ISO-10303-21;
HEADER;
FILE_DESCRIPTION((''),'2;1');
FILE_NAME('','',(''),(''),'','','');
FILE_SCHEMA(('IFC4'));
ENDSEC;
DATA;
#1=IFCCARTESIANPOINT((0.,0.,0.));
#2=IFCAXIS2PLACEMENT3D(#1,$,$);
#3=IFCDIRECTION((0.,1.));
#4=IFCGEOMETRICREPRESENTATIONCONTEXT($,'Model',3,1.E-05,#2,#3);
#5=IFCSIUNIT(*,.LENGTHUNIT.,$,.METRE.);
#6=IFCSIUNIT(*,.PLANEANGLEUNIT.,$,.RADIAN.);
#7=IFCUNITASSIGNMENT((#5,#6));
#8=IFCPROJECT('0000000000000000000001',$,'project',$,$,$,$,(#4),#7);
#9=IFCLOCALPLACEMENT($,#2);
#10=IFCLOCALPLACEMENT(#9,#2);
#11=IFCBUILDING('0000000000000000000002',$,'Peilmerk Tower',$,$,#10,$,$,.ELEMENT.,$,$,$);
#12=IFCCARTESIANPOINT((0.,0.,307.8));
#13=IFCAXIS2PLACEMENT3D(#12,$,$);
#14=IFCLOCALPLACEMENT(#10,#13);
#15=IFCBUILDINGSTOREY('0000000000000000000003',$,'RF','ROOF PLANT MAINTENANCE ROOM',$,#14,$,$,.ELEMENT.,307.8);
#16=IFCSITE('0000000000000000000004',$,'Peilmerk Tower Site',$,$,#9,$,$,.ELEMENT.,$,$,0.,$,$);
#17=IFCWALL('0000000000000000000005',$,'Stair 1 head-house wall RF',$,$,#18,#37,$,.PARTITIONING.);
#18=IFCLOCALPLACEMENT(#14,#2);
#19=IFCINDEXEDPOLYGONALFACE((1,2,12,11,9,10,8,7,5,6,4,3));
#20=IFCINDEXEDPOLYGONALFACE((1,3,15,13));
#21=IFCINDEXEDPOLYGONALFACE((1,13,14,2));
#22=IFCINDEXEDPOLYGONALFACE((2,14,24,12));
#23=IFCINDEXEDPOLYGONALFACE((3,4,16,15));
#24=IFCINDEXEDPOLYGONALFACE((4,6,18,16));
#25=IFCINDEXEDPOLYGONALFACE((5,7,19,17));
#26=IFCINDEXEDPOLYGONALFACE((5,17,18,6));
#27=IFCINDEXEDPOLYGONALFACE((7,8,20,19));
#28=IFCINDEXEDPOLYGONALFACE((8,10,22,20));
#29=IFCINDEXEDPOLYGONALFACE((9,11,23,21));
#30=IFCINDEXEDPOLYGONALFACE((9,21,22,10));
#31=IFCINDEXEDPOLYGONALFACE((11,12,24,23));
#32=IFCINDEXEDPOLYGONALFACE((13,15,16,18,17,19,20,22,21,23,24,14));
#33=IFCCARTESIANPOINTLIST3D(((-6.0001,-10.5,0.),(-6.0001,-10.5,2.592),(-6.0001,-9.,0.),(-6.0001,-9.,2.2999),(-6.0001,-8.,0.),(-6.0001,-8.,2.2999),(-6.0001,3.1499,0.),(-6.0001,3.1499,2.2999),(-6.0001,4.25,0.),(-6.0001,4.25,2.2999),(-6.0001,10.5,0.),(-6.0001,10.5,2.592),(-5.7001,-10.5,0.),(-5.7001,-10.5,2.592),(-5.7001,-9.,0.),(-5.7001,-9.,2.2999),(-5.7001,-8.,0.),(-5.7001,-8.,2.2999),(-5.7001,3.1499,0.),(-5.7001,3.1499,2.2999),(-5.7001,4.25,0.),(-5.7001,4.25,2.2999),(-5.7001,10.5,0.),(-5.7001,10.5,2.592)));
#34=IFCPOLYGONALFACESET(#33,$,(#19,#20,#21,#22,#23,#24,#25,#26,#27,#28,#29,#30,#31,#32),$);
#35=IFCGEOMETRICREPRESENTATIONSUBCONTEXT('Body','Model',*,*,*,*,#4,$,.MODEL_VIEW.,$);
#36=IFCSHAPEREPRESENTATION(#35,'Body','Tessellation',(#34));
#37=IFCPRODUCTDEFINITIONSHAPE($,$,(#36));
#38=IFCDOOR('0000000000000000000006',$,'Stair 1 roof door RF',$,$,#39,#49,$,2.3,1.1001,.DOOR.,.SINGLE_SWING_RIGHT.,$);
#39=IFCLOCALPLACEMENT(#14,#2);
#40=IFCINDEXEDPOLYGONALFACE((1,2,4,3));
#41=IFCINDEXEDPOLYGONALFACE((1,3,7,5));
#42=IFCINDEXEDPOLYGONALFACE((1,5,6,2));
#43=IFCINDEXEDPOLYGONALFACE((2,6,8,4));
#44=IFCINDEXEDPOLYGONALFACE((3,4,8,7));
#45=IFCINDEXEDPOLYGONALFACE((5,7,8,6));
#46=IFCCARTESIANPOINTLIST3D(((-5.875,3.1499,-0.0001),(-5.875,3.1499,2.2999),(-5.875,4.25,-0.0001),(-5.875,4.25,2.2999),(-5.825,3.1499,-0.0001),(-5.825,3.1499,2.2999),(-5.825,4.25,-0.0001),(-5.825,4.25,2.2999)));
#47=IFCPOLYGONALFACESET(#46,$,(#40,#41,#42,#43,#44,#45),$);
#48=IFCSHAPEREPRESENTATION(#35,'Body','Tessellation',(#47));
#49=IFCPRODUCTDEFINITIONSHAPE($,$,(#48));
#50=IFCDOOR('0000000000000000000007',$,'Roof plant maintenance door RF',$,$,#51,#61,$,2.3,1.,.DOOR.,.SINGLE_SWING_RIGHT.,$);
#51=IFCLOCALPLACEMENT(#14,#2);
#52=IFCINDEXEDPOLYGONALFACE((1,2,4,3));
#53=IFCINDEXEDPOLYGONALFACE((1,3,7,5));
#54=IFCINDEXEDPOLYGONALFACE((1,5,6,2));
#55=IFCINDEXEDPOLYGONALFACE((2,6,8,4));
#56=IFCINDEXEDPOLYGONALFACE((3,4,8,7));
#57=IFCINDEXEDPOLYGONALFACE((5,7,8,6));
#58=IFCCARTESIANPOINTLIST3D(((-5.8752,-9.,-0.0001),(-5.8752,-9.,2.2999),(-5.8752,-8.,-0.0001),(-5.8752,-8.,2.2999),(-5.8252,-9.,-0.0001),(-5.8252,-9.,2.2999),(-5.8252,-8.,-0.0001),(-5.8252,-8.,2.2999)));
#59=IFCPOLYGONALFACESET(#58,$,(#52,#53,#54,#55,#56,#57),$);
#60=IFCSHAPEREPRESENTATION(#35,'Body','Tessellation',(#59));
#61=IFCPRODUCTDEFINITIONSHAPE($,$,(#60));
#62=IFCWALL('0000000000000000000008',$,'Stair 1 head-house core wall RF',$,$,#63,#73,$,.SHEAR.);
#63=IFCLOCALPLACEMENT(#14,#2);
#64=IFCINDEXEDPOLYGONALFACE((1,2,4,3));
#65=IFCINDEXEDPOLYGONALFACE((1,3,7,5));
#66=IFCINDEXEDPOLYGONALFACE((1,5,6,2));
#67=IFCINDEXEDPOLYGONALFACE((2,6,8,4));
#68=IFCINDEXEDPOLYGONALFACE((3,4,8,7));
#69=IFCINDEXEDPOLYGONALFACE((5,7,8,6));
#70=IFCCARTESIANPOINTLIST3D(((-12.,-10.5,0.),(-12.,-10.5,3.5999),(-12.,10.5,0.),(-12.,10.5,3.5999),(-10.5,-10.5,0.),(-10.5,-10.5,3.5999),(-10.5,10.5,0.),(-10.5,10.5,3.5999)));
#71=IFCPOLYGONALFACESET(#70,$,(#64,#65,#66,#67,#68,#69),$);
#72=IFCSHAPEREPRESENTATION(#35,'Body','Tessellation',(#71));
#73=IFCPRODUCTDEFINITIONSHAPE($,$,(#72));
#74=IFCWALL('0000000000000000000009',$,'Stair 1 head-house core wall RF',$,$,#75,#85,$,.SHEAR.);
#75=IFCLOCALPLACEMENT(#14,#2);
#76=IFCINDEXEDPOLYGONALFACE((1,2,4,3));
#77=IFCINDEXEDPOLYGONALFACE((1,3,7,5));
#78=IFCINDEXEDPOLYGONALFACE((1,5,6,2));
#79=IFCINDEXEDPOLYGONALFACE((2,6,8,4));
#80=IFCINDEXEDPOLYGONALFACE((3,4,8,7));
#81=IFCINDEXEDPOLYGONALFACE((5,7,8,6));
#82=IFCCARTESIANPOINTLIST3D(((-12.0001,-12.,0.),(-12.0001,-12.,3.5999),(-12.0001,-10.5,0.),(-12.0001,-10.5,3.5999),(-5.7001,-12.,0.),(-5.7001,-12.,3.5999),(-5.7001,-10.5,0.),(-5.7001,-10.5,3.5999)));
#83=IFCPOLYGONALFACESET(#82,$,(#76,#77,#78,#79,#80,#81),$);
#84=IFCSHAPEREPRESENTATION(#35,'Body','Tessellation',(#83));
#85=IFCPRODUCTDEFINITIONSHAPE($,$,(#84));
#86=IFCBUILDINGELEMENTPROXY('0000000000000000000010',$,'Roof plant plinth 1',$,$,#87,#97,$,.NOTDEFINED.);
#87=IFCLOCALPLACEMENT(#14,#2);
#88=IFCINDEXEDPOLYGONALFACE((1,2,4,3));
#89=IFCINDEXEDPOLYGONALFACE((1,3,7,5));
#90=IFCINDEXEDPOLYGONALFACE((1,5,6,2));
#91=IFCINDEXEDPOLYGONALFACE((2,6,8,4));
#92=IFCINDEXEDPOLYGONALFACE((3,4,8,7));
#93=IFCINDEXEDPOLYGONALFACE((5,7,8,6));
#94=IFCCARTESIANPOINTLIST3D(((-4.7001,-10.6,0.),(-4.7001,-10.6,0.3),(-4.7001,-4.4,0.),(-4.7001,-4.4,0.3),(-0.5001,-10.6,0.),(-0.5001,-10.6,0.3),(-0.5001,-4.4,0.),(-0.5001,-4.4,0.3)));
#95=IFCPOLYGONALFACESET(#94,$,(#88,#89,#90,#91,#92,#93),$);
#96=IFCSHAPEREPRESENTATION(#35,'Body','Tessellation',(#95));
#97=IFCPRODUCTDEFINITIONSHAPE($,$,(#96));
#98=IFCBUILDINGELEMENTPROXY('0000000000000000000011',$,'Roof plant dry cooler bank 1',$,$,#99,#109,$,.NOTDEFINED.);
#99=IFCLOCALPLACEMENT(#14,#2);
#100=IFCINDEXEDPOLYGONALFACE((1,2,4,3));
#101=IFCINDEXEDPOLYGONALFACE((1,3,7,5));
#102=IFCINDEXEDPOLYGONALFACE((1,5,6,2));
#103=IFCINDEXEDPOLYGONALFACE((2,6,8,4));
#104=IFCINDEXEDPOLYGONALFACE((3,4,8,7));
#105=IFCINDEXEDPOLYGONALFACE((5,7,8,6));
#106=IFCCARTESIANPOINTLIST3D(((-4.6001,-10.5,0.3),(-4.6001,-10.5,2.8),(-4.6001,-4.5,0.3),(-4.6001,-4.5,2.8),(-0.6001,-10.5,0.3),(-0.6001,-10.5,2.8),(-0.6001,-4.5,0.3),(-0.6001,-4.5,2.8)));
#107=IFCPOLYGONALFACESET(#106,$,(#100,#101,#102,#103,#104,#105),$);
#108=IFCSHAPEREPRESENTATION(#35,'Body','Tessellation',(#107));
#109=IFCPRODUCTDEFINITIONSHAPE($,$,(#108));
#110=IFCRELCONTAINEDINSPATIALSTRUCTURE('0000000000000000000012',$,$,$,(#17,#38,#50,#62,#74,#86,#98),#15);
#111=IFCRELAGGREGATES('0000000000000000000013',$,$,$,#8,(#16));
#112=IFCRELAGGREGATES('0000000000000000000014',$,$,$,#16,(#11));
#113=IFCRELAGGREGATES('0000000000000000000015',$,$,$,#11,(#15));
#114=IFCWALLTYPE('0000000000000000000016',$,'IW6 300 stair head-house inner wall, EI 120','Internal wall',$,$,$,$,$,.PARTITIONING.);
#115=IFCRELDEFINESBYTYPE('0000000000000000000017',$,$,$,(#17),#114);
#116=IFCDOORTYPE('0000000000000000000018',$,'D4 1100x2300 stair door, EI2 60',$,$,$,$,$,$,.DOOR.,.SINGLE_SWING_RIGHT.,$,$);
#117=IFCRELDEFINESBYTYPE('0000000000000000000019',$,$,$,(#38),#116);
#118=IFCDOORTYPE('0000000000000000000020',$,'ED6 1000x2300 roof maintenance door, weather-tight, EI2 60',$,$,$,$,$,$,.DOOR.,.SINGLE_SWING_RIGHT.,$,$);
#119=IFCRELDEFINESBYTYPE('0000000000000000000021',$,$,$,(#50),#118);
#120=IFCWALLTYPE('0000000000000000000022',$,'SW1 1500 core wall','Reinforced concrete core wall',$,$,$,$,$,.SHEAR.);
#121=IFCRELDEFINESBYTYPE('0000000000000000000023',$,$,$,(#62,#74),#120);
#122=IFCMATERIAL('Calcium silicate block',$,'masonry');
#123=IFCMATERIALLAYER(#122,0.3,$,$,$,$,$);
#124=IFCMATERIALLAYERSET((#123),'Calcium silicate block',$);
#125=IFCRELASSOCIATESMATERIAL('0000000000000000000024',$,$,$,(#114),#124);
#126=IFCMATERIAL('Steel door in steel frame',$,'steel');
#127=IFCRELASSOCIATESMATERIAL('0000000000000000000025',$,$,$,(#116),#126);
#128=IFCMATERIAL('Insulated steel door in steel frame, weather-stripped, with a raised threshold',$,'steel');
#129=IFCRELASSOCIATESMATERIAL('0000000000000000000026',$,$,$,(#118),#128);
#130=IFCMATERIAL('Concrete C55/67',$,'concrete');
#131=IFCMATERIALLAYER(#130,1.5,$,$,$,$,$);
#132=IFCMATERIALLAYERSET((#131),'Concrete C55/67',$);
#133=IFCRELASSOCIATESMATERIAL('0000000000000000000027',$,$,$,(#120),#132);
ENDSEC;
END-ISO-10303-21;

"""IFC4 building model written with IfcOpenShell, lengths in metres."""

from ifc_helpers import new_model, si_unit, direction, frame, frame_2d, origin, origin_2d, place, context, subcontext, project, spatial, rectangle, extrude, material, layer, layer_set, type_object, element, fill, save


model = new_model("IFC4")

# Units and contexts
model_context = context("Model", 3, precision=1e-05, world=origin(), true_north=direction((0.0, 1.0)))
body_context = subcontext(model_context, "Body", "Model", "MODEL_VIEW")
ifc_project = project(units=[si_unit("LENGTHUNIT", "METRE"), si_unit("PLANEANGLEUNIT", "RADIAN")], contexts=[model_context])

# Site, building, storey
site_placement = place(None, origin())
site = spatial("IfcSite", under=ifc_project, at=site_placement, Name="Peilmerk Tower Site", CompositionType="ELEMENT", RefElevation=0.0)
building_placement = place(site_placement, origin())
building = spatial("IfcBuilding", under=site, at=building_placement, Name="Peilmerk Tower", CompositionType="ELEMENT")
storey_placement = place(building_placement, frame((0.0, 0.0, 307.8)))
storey = spatial("IfcBuildingStorey", under=building, at=storey_placement, Name="RF", Description="ROOF PLANT MAINTENANCE ROOM", CompositionType="ELEMENT", Elevation=307.8)

# Shared definitions
ifc_material_1 = material(Name="Calcium silicate block", Category="masonry")
ifc_material_2 = material(Name="Steel door in steel frame", Category="steel")

# Wall, openings, doors
ifc_layer_1 = layer(ifc_material_1, 0.3)
ifc_layer_set_1 = layer_set([ifc_layer_1], Name="Calcium silicate block")
wall_type_1 = type_object("IfcWallType", Name="IW6 300 stair head-house inner wall, EI 120", Description="Internal wall", PredefinedType="PARTITIONING", material=ifc_layer_set_1)
wall_1_placement = place(storey_placement, frame((-5.8501, -10.5, 0.0), z_axis=(0.0, 0.0, 1.0), x_axis=(0.0, 1.0, 0.0)))
wall_1 = element("IfcWall", 1, at=wall_1_placement, inside=storey, type_object=wall_type_1, Name="Stair 1 head-house wall RF", PredefinedType="PARTITIONING", context=body_context, shape_type="SweptSolid", body=[
    extrude(rectangle(XDim=21.0, YDim=0.3, at=frame_2d((10.5, 0.0))), origin(), (0.0, 0.0, 1.0), 2.592),
])
opening_1_placement = place(wall_1_placement, frame((13.6499, 0.0, 0.0)))
opening_1 = element("IfcOpeningElement", 2, at=opening_1_placement, cuts=wall_1, PredefinedType="OPENING", context=body_context, shape_type="SweptSolid", body=[
    extrude(rectangle(XDim=1.1001, YDim=2.3, at=frame_2d((0.55, 1.1499))), frame((0.0, 0.1599, 0.0), z_axis=(0.0, -1.0, 0.0), x_axis=(1.0, 0.0, 0.0)), (0.0, 0.0, 1.0), 0.3201),
])
opening_2_placement = place(wall_1_placement, frame((1.5, 0.0, 0.0)))
opening_2 = element("IfcOpeningElement", 3, at=opening_2_placement, cuts=wall_1, PredefinedType="OPENING", context=body_context, shape_type="SweptSolid", body=[
    extrude(rectangle(XDim=1.0, YDim=2.3, at=frame_2d((0.5, 1.1499))), frame((0.0, 0.1599, 0.0), z_axis=(0.0, -1.0, 0.0), x_axis=(1.0, 0.0, 0.0)), (0.0, 0.0, 1.0), 0.3201),
])
door_type_1 = type_object("IfcDoorType", Name="D4 1100x2300 stair door, EI2 60", OperationType="SINGLE_SWING_RIGHT", PredefinedType="DOOR", material=ifc_material_2)
door_1_placement = place(opening_1_placement, origin())
door_1 = element("IfcDoor", 4, at=door_1_placement, inside=storey, type_object=door_type_1, Name="Stair 1 roof door RF", OperationType="SINGLE_SWING_RIGHT", OverallHeight=2.3, OverallWidth=1.1001, PredefinedType="DOOR", context=body_context, shape_type="SweptSolid", body=[
    extrude(rectangle(XDim=1.1001, YDim=2.3, at=frame_2d((0.55, 1.1499))), frame((0.0, 0.0249, 0.0), z_axis=(0.0, -1.0, 0.0), x_axis=(1.0, 0.0, 0.0)), (0.0, 0.0, 1.0), 0.05),
])
fill(opening_1, door_1)
ifc_material_3 = material(Name="Insulated steel door in steel frame, weather-stripped, with a raised threshold", Category="steel")
door_type_2 = type_object("IfcDoorType", Name="ED6 1000x2300 roof maintenance door, weather-tight, EI2 60", OperationType="SINGLE_SWING_RIGHT", PredefinedType="DOOR", material=ifc_material_3)
door_2_placement = place(opening_2_placement, frame((1.0, 0.0, 0.0), z_axis=(0.0, 0.0, 1.0), x_axis=(-1.0, 0.0, 0.0)))
door_2 = element("IfcDoor", 5, at=door_2_placement, inside=storey, type_object=door_type_2, Name="Roof plant maintenance door RF", OperationType="SINGLE_SWING_RIGHT", OverallHeight=2.3, OverallWidth=1.0, PredefinedType="DOOR", context=body_context, shape_type="SweptSolid", body=[
    extrude(rectangle(XDim=1.0, YDim=2.3, at=frame_2d((0.5, 1.1499))), frame((0.0, 0.0249, 0.0), z_axis=(0.0, -1.0, 0.0), x_axis=(1.0, 0.0, 0.0)), (0.0, 0.0, 1.0), 0.05),
])
fill(opening_2, door_2)

# Walls
ifc_material_4 = material(Name="Concrete C55/67", Category="concrete")
ifc_layer_2 = layer(ifc_material_4, 1.5)
ifc_layer_set_2 = layer_set([ifc_layer_2], Name="Concrete C55/67")
wall_type_2 = type_object("IfcWallType", Name="SW1 1500 core wall", Description="Reinforced concrete core wall", PredefinedType="SHEAR", material=ifc_layer_set_2)
wall_2_placement = place(storey_placement, frame((-11.25, -10.5, 0.0), z_axis=(0.0, 0.0, 1.0), x_axis=(0.0, 1.0, 0.0)))
element("IfcWall", 6, at=wall_2_placement, inside=storey, type_object=wall_type_2, Name="Stair 1 head-house core wall RF", PredefinedType="SHEAR", context=body_context, shape_type="SweptSolid", body=[
    extrude(rectangle(XDim=21.0, YDim=1.5, at=frame_2d((10.5, 0.0))), origin(), (0.0, 0.0, 1.0), 3.5999),
])
wall_3_placement = place(storey_placement, frame((-12.0, -11.25, 0.0), z_axis=(0.0, 0.0, 1.0), x_axis=(1.0, 0.0, 0.0)))
element("IfcWall", 7, at=wall_3_placement, inside=storey, type_object=wall_type_2, Name="Stair 1 head-house core wall RF", PredefinedType="SHEAR", context=body_context, shape_type="SweptSolid", body=[
    extrude(rectangle(XDim=6.3, YDim=1.5, at=frame_2d((3.1499, 0.0))), origin(), (0.0, 0.0, 1.0), 3.5999),
])

# Building element proxies
proxy_1_placement = place(storey_placement, frame((-2.6001, -7.5, 0.0), z_axis=(0.0, 0.0, 1.0), x_axis=(1.0, 0.0, 0.0)))
element("IfcBuildingElementProxy", 8, at=proxy_1_placement, inside=storey, Name="Roof plant plinth 1", PredefinedType="NOTDEFINED", context=body_context, shape_type="SweptSolid", body=[
    extrude(rectangle(XDim=4.2, YDim=6.2, at=origin_2d()), origin(), (0.0, 0.0, 1.0), 0.3),
])
proxy_2_placement = place(storey_placement, frame((-2.6001, -7.5, 0.3), z_axis=(0.0, 0.0, 1.0), x_axis=(1.0, 0.0, 0.0)))
element("IfcBuildingElementProxy", 9, at=proxy_2_placement, inside=storey, Name="Roof plant dry cooler bank 1", PredefinedType="NOTDEFINED", context=body_context, shape_type="SweptSolid", body=[
    extrude(rectangle(XDim=4.0, YDim=6.0, at=origin_2d()), origin(), (0.0, 0.0, 1.0), 2.5),
])

save(model, "model.ifc")
